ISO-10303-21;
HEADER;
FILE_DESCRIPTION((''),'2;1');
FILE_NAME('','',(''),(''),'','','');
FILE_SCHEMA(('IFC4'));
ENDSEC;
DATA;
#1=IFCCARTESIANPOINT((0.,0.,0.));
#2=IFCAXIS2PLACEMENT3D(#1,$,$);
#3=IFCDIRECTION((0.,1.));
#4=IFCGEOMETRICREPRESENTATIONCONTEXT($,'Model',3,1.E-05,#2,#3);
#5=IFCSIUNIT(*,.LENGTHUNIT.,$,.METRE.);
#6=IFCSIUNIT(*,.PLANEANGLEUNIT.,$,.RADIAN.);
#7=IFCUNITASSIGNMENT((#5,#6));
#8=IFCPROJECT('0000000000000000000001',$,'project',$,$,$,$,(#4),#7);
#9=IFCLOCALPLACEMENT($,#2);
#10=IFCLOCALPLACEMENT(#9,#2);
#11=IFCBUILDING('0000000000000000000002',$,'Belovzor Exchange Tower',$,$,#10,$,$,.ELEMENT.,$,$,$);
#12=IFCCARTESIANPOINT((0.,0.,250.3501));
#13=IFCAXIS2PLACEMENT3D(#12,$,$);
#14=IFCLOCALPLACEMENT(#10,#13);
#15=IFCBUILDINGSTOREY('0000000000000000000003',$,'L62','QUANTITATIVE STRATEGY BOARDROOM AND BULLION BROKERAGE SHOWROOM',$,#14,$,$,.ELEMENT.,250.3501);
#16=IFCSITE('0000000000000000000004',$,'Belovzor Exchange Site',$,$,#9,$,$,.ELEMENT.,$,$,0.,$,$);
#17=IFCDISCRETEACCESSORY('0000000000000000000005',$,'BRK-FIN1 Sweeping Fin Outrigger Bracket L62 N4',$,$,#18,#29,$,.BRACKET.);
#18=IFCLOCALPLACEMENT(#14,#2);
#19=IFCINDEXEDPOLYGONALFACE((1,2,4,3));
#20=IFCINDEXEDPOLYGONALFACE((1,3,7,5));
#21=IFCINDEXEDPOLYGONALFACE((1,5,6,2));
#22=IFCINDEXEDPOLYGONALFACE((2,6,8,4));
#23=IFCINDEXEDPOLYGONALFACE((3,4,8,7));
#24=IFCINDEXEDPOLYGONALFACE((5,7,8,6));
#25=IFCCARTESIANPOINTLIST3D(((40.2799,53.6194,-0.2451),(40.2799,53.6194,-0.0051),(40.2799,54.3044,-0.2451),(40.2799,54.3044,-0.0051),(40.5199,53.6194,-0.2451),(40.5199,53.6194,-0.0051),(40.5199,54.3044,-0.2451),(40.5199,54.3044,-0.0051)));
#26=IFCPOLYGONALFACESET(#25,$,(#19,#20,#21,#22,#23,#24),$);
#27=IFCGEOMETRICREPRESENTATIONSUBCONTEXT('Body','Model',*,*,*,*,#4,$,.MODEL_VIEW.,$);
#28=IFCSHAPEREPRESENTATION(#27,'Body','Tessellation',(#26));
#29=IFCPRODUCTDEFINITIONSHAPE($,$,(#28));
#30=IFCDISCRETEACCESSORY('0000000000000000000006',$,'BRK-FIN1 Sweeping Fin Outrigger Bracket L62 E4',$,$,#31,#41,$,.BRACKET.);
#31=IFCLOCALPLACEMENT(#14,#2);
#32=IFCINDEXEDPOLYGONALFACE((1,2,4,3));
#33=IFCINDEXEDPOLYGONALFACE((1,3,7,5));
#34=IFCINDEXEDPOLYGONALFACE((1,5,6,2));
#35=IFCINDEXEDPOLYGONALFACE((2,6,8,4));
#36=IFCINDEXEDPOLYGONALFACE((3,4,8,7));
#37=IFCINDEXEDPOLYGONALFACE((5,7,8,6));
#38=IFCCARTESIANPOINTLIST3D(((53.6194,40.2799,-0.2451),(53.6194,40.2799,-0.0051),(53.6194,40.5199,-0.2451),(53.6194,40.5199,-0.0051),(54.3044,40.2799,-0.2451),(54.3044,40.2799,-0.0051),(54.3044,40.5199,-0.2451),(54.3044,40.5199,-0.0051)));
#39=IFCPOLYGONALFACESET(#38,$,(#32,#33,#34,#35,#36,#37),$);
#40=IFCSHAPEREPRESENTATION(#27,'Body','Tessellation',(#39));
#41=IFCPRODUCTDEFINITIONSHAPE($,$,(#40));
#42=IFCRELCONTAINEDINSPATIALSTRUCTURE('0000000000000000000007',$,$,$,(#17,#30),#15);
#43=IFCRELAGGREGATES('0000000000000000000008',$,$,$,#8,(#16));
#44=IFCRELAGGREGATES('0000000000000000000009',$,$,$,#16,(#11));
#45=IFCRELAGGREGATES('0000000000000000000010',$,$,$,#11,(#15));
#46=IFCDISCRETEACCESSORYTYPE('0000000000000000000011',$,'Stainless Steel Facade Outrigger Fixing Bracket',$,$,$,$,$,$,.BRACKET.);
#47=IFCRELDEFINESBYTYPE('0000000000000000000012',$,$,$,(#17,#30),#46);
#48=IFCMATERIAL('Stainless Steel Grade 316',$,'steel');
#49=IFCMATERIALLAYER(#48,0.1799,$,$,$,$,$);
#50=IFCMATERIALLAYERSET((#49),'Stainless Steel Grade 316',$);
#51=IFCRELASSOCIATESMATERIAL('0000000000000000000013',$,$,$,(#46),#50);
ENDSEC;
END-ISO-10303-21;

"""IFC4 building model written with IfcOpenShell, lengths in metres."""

from ifc_helpers import new_model, si_unit, direction, frame, origin, origin_2d, place, context, subcontext, project, spatial, rectangle, extrude, material, layer, layer_set, type_object, element, save


model = new_model("IFC4")

# Units and contexts
model_context = context("Model", 3, precision=1e-05, world=origin(), true_north=direction((0.0, 1.0)))
body_context = subcontext(model_context, "Body", "Model", "MODEL_VIEW")
ifc_project = project(units=[si_unit("LENGTHUNIT", "METRE"), si_unit("PLANEANGLEUNIT", "RADIAN")], contexts=[model_context])

# Site, building, storey
site_placement = place(None, origin())
site = spatial("IfcSite", under=ifc_project, at=site_placement, Name="Belovzor Exchange Site", CompositionType="ELEMENT", RefElevation=0.0)
building_placement = place(site_placement, origin())
building = spatial("IfcBuilding", under=site, at=building_placement, Name="Belovzor Exchange Tower", CompositionType="ELEMENT")
storey_placement = place(building_placement, frame((0.0, 0.0, 250.3501)))
storey = spatial("IfcBuildingStorey", under=building, at=storey_placement, Name="L62", Description="QUANTITATIVE STRATEGY BOARDROOM AND BULLION BROKERAGE SHOWROOM", CompositionType="ELEMENT", Elevation=250.3501)

# Discrete accessories
ifc_material_1 = material(Name="Stainless Steel Grade 316", Category="steel")
ifc_layer_1 = layer(ifc_material_1, 0.1799)
ifc_layer_set_1 = layer_set([ifc_layer_1], Name="Stainless Steel Grade 316")
discrete_accessory_type = type_object("IfcDiscreteAccessoryType", Name="Stainless Steel Facade Outrigger Fixing Bracket", PredefinedType="BRACKET", material=ifc_layer_set_1)
for number, where, z_axis, x_axis, name in (
    (1, (40.3999, 53.9619, -0.2451), (0.0, 0.0, 1.0), (0.0, 1.0, 0.0), "BRK-FIN1 Sweeping Fin Outrigger Bracket L62 N4"),
    (2, (53.9619, 40.3999, -0.2451), (0.0, 0.0, 1.0), (1.0, 0.0, 0.0), "BRK-FIN1 Sweeping Fin Outrigger Bracket L62 E4"),
):
    element("IfcDiscreteAccessory", number, at=place(storey_placement, frame(where, z_axis=z_axis, x_axis=x_axis)), inside=storey, type_object=discrete_accessory_type, Name=name, PredefinedType="BRACKET", context=body_context, shape_type="SweptSolid", body=[
        extrude(rectangle(XDim=0.6851, YDim=0.24, at=origin_2d()), origin(), (0.0, 0.0, 1.0), 0.24),
    ])

save(model, "model.ifc")
